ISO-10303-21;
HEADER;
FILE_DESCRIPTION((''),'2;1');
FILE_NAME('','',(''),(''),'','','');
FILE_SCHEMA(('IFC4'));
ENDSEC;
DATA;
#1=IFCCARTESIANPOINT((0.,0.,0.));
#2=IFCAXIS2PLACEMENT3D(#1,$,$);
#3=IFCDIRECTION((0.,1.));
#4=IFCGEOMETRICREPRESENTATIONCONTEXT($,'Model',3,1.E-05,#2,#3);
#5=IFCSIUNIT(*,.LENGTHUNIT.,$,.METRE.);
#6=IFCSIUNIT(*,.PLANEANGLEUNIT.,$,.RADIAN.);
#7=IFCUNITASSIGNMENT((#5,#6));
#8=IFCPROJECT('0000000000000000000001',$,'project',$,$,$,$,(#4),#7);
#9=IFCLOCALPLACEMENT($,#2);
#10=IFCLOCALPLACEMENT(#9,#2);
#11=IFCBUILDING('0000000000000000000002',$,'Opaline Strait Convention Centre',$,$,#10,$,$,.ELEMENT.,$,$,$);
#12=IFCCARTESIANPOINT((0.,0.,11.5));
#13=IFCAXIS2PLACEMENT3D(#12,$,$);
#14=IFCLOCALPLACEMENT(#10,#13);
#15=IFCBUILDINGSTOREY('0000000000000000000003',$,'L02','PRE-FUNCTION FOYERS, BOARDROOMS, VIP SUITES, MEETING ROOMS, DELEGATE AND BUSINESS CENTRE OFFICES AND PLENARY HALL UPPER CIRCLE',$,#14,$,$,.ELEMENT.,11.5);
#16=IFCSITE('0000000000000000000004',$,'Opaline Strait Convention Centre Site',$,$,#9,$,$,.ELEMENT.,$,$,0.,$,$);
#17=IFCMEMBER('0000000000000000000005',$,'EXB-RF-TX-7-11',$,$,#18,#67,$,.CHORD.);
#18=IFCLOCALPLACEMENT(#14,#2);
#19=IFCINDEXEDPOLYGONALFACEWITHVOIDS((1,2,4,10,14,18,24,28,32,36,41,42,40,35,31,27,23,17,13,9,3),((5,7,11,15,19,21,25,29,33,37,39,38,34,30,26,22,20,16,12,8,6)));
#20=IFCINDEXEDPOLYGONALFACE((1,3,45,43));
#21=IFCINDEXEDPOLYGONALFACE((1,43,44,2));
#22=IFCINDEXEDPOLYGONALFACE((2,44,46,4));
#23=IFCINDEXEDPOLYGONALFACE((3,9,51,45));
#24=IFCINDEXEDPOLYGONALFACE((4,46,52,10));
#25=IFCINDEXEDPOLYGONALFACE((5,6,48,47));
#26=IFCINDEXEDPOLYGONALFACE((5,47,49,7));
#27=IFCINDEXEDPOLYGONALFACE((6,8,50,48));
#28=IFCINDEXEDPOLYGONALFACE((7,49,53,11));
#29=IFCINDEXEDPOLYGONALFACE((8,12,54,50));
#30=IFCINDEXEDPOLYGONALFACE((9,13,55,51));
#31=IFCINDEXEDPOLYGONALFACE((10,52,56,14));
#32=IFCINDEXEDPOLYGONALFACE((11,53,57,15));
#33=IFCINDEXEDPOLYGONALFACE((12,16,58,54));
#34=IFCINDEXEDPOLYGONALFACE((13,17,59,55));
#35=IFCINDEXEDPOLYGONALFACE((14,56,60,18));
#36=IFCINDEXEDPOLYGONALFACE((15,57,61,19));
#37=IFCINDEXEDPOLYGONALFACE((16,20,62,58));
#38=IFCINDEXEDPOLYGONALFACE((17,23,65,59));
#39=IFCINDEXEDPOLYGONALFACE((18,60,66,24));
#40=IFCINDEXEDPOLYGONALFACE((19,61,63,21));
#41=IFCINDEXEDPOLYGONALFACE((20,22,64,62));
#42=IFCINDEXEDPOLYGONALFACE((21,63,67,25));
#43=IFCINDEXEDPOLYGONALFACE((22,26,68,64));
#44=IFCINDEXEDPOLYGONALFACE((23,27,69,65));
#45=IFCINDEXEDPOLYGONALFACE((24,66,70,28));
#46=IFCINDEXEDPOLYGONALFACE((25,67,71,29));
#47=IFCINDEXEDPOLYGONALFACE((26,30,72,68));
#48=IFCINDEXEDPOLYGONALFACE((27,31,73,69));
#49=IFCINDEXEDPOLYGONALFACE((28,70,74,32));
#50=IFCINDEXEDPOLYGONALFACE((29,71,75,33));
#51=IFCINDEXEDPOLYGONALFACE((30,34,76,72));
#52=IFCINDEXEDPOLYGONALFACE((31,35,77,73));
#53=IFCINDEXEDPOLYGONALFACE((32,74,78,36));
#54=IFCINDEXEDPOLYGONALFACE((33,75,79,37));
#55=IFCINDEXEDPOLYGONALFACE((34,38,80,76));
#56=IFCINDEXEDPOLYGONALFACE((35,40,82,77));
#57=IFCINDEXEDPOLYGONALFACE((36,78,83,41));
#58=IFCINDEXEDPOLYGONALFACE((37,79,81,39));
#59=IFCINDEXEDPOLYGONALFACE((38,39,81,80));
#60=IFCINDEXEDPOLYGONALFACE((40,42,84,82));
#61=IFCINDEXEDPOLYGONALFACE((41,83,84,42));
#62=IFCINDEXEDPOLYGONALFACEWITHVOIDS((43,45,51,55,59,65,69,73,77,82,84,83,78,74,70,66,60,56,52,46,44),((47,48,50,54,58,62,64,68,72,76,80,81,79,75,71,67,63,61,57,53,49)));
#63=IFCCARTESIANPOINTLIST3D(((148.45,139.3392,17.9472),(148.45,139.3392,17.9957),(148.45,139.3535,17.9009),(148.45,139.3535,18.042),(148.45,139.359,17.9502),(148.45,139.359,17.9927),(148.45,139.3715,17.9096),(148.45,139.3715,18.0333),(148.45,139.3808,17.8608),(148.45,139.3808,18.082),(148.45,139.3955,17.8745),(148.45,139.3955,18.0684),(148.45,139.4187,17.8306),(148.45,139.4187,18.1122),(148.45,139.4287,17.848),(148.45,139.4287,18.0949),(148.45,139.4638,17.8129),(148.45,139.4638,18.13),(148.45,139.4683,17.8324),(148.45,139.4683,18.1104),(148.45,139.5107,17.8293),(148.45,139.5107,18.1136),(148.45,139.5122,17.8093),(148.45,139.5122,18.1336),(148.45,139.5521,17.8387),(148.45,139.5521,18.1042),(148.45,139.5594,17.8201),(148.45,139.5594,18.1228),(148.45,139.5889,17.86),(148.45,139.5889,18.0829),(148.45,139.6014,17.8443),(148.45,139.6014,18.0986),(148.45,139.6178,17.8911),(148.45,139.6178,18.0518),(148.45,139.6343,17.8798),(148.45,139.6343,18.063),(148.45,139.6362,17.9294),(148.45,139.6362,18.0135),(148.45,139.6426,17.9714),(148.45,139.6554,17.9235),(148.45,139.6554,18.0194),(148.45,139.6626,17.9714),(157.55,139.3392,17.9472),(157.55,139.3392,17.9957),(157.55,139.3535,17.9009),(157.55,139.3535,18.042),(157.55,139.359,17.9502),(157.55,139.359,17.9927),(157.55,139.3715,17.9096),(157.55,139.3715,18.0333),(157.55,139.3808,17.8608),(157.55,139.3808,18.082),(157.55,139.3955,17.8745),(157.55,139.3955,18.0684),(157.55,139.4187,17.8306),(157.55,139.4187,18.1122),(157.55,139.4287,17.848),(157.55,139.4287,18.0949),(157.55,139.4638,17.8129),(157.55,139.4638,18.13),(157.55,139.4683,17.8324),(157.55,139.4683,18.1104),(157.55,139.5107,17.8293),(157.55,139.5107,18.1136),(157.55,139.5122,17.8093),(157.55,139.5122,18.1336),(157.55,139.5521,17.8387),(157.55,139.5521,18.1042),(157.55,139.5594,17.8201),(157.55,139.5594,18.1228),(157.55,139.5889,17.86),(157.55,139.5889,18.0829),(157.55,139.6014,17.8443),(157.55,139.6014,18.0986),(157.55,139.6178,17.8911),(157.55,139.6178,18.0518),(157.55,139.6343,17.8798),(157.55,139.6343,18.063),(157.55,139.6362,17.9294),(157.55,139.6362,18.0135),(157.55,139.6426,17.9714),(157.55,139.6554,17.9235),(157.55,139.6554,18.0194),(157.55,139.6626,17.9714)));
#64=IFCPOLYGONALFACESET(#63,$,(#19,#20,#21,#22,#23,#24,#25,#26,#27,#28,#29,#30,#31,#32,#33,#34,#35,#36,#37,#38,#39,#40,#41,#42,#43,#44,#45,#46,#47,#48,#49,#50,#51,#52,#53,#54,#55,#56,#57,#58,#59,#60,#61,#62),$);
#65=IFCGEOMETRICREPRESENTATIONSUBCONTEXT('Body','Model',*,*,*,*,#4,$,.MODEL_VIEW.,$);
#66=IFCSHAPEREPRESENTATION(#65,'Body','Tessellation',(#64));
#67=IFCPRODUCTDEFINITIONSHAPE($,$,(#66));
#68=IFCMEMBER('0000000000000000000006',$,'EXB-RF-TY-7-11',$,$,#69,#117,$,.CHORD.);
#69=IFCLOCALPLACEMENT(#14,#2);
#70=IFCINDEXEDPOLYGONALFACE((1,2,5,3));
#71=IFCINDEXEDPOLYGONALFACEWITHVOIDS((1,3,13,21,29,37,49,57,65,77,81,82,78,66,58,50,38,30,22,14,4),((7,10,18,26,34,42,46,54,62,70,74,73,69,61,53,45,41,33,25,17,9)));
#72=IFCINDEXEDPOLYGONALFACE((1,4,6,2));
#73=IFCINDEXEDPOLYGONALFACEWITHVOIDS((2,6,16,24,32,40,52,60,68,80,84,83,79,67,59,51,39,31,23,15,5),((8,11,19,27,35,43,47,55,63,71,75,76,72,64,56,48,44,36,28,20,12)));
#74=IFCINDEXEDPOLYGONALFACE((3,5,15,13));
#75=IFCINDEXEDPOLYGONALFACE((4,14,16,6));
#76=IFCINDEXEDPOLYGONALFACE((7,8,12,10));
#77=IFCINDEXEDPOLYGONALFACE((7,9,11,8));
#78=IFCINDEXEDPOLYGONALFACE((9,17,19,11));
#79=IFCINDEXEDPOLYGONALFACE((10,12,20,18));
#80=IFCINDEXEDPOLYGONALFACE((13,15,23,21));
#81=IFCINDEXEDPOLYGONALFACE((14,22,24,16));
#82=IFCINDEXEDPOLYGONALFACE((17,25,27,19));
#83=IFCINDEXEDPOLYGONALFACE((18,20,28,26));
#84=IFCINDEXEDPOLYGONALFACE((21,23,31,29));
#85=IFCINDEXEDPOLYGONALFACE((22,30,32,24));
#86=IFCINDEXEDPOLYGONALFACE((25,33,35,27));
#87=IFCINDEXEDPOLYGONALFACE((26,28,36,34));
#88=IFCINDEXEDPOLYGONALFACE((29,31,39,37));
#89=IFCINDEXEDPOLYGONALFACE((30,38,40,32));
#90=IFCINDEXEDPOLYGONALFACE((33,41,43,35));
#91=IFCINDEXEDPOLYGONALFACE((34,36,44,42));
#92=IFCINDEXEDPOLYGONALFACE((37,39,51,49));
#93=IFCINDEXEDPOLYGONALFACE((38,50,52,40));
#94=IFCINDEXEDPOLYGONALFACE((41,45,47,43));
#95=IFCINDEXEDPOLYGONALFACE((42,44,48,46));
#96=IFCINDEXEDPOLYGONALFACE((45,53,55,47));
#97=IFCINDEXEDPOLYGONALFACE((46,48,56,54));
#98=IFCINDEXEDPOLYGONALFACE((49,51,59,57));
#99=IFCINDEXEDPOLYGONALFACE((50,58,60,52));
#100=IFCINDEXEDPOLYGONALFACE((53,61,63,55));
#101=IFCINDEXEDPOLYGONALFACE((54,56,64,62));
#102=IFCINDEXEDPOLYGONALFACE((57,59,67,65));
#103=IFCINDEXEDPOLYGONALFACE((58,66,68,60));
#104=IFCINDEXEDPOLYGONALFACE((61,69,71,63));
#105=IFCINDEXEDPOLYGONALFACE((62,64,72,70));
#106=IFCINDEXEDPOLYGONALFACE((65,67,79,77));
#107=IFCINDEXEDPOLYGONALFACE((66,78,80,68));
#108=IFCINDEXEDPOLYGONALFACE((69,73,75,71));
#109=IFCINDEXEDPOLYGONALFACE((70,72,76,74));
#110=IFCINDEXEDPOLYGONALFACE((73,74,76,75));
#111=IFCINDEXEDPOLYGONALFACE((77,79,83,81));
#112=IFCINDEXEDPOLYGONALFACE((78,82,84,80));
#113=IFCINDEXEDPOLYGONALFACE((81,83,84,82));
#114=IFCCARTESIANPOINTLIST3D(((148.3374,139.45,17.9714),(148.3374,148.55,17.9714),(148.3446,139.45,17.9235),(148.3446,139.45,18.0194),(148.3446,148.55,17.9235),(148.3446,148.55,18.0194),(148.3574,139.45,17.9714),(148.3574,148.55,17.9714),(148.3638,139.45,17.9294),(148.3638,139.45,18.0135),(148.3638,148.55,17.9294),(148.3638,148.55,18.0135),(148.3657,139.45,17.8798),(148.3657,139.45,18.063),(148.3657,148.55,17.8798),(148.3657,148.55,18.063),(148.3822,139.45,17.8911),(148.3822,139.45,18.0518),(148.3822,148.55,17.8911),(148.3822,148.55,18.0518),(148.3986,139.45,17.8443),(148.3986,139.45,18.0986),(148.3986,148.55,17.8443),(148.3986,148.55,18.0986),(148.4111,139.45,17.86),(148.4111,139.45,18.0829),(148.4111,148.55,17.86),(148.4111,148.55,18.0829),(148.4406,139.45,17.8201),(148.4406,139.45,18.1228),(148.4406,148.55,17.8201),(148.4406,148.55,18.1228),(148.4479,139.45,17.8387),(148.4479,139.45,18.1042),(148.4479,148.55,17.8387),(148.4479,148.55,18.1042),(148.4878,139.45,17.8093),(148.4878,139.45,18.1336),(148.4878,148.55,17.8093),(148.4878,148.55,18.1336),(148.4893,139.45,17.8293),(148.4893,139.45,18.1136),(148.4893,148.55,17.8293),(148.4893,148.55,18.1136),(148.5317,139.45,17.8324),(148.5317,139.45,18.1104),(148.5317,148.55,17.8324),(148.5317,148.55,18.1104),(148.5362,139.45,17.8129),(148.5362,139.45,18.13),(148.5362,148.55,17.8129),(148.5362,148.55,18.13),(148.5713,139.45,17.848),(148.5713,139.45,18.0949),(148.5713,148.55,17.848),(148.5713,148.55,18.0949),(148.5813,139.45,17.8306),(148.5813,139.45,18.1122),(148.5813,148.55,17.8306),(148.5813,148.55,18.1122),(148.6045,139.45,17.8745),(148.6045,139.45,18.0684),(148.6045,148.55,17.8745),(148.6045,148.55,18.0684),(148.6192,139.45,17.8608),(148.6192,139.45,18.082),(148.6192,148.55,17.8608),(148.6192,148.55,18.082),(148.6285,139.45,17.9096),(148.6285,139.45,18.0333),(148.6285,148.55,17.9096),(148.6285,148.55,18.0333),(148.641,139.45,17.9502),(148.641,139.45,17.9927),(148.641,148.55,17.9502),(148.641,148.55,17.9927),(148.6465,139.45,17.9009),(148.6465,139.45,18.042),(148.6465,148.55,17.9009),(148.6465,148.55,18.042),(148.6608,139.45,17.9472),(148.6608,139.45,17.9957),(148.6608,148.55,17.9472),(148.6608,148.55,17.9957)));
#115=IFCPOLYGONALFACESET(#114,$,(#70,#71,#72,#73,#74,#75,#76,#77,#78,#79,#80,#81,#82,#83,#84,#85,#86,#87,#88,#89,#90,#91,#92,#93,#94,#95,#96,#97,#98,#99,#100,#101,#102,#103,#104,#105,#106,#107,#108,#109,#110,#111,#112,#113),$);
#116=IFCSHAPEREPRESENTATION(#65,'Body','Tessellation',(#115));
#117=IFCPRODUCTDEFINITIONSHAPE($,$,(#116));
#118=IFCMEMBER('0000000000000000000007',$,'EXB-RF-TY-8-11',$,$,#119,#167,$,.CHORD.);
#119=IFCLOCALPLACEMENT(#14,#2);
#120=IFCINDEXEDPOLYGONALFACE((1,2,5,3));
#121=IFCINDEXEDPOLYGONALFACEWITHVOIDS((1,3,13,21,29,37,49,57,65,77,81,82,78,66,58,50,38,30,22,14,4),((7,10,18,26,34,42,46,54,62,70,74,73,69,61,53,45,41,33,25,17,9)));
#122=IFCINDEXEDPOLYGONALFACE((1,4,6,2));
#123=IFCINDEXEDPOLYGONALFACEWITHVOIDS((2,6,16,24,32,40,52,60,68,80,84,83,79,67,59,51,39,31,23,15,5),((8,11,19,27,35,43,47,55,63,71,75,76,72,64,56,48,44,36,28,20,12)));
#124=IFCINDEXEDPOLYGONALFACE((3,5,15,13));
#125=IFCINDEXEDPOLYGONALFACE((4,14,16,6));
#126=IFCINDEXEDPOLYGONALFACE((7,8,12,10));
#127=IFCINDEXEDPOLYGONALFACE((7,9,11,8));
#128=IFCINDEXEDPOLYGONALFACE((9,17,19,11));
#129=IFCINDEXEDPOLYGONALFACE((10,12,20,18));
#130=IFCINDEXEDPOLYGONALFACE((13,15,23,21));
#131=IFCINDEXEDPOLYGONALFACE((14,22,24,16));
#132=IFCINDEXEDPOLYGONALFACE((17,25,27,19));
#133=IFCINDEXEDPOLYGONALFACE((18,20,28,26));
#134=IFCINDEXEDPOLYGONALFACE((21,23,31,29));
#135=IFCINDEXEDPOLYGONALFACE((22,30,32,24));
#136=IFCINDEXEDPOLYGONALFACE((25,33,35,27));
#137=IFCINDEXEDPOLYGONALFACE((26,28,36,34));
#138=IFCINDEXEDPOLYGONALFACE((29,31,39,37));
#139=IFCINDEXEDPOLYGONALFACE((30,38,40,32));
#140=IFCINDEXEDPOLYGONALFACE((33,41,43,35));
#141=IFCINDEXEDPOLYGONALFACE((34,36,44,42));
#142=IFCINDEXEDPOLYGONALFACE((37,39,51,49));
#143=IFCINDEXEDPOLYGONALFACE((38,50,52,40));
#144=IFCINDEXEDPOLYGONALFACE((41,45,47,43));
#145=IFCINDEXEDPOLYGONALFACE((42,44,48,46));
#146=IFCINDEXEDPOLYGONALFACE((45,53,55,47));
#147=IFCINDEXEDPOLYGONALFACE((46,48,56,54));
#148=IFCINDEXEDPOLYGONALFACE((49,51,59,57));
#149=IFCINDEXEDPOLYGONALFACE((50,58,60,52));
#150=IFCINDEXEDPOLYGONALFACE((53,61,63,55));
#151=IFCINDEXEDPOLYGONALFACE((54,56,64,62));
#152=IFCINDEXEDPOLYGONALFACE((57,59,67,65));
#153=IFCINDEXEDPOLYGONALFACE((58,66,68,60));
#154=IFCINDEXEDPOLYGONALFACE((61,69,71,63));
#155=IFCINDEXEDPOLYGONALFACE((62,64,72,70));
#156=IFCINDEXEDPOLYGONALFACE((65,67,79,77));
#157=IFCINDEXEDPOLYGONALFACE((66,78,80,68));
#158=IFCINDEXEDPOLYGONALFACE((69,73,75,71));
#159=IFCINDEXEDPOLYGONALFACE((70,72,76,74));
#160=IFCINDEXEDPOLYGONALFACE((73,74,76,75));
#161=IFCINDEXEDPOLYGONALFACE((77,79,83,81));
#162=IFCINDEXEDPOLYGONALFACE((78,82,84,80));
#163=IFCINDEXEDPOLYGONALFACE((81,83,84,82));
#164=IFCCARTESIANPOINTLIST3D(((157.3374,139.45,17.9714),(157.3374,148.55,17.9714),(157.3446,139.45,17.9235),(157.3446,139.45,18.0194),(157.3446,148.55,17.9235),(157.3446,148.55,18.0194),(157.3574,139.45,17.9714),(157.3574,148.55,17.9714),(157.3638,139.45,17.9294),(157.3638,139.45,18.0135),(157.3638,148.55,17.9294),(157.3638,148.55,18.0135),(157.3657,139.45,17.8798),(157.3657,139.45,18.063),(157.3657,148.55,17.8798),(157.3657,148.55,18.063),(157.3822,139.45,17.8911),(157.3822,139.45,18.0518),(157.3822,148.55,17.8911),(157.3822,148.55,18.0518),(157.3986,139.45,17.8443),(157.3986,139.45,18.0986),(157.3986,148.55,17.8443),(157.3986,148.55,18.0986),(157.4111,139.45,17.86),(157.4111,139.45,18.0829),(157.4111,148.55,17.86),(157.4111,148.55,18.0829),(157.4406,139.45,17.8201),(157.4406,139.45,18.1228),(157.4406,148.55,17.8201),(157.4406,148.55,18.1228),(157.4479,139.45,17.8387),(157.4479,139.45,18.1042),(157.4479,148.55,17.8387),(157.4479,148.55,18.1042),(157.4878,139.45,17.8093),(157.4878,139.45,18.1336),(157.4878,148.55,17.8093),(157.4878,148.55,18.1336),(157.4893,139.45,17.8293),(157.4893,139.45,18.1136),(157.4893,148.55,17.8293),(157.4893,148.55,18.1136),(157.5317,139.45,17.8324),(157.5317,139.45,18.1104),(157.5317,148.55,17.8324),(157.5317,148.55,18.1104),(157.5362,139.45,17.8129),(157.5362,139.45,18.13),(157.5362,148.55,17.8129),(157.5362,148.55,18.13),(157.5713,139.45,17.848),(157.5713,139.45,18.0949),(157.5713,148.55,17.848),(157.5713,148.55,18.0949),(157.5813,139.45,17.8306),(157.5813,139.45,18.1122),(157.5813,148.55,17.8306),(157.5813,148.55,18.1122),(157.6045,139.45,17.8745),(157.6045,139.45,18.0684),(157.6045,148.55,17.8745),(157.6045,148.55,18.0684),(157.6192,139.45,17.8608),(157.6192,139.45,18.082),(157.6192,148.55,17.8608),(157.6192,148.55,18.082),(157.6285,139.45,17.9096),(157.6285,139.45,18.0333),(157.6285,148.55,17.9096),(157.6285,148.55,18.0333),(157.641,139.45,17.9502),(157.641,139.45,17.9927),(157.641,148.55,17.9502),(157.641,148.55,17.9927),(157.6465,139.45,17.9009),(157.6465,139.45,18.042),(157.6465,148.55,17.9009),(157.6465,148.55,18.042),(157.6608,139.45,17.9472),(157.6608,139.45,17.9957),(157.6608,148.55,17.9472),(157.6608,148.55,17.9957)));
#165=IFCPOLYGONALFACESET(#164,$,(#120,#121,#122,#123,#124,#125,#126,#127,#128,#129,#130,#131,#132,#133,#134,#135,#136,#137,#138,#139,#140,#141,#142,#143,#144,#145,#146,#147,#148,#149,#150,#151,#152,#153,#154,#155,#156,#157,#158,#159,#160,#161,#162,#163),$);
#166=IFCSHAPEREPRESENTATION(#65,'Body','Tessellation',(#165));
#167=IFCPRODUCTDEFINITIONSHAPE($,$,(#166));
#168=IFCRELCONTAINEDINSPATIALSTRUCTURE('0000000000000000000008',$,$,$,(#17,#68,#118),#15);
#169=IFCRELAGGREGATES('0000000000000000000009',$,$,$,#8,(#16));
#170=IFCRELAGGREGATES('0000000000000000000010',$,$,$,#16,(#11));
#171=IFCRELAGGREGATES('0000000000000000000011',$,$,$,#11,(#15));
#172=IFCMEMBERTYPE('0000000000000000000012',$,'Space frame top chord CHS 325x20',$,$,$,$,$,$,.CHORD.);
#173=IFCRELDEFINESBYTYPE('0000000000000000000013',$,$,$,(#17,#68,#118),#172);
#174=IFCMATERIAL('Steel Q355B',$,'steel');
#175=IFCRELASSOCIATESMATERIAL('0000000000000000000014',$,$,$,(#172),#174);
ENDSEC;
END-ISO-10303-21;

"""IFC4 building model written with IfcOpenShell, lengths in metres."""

from ifc_helpers import new_model, si_unit, direction, frame, origin, origin_2d, place, context, subcontext, project, spatial, hollow_circle, extrude, material, material_profile, profile_set, type_object, element, save


model = new_model("IFC4")

# Units and contexts
model_context = context("Model", 3, precision=1e-05, world=origin(), true_north=direction((0.0, 1.0)))
body_context = subcontext(model_context, "Body", "Model", "MODEL_VIEW")
ifc_project = project(units=[si_unit("LENGTHUNIT", "METRE"), si_unit("PLANEANGLEUNIT", "RADIAN")], contexts=[model_context])

# Site, building, storey
site_placement = place(None, origin())
site = spatial("IfcSite", under=ifc_project, at=site_placement, Name="Opaline Strait Convention Centre Site", CompositionType="ELEMENT", RefElevation=0.0)
building_placement = place(site_placement, origin())
building = spatial("IfcBuilding", under=site, at=building_placement, Name="Opaline Strait Convention Centre", CompositionType="ELEMENT")
storey_placement = place(building_placement, frame((0.0, 0.0, 11.5)))
storey = spatial("IfcBuildingStorey", under=building, at=storey_placement, Name="L02", Description="PRE-FUNCTION FOYERS, BOARDROOMS, VIP SUITES, MEETING ROOMS, DELEGATE AND BUSINESS CENTRE OFFICES AND PLENARY HALL UPPER CIRCLE", CompositionType="ELEMENT", Elevation=11.5)

# Members
ifc_material_1 = material(Name="Steel Q355B", Category="steel")
ifc_material_profile_1 = material_profile(ifc_material_1, hollow_circle(Radius=0.1626, WallThickness=0.02, at=origin_2d()), Name="CHS 325x20")
ifc_profile_set_1 = profile_set([ifc_material_profile_1], Name="Steel Q355B")
member_type_1 = type_object("IfcMemberType", Name="Space frame top chord CHS 325x20", PredefinedType="CHORD", material=ifc_profile_set_1)
for number, where, z_axis, x_axis, name in (
    (1, (148.45, 139.5, 17.9714), (1.0, 0.0, 0.0), (0.0, 1.0, 0.0), "EXB-RF-TX-7-11"),
    (2, (148.5, 139.45, 17.9714), (0.0, 1.0, 0.0), (-1.0, 0.0, 0.0), "EXB-RF-TY-7-11"),
    (3, (157.5, 139.45, 17.9714), (0.0, 1.0, 0.0), (-1.0, 0.0, 0.0), "EXB-RF-TY-8-11"),
):
    element("IfcMember", number, at=place(storey_placement, frame(where, z_axis=z_axis, x_axis=x_axis)), inside=storey, type_object=member_type_1, Name=name, PredefinedType="CHORD", context=body_context, shape_type="SweptSolid", body=[
        extrude(hollow_circle(Radius=0.1626, WallThickness=0.02, at=origin_2d()), origin(), (0.0, 0.0, 1.0), 9.1001),
    ])

save(model, "model.ifc")
